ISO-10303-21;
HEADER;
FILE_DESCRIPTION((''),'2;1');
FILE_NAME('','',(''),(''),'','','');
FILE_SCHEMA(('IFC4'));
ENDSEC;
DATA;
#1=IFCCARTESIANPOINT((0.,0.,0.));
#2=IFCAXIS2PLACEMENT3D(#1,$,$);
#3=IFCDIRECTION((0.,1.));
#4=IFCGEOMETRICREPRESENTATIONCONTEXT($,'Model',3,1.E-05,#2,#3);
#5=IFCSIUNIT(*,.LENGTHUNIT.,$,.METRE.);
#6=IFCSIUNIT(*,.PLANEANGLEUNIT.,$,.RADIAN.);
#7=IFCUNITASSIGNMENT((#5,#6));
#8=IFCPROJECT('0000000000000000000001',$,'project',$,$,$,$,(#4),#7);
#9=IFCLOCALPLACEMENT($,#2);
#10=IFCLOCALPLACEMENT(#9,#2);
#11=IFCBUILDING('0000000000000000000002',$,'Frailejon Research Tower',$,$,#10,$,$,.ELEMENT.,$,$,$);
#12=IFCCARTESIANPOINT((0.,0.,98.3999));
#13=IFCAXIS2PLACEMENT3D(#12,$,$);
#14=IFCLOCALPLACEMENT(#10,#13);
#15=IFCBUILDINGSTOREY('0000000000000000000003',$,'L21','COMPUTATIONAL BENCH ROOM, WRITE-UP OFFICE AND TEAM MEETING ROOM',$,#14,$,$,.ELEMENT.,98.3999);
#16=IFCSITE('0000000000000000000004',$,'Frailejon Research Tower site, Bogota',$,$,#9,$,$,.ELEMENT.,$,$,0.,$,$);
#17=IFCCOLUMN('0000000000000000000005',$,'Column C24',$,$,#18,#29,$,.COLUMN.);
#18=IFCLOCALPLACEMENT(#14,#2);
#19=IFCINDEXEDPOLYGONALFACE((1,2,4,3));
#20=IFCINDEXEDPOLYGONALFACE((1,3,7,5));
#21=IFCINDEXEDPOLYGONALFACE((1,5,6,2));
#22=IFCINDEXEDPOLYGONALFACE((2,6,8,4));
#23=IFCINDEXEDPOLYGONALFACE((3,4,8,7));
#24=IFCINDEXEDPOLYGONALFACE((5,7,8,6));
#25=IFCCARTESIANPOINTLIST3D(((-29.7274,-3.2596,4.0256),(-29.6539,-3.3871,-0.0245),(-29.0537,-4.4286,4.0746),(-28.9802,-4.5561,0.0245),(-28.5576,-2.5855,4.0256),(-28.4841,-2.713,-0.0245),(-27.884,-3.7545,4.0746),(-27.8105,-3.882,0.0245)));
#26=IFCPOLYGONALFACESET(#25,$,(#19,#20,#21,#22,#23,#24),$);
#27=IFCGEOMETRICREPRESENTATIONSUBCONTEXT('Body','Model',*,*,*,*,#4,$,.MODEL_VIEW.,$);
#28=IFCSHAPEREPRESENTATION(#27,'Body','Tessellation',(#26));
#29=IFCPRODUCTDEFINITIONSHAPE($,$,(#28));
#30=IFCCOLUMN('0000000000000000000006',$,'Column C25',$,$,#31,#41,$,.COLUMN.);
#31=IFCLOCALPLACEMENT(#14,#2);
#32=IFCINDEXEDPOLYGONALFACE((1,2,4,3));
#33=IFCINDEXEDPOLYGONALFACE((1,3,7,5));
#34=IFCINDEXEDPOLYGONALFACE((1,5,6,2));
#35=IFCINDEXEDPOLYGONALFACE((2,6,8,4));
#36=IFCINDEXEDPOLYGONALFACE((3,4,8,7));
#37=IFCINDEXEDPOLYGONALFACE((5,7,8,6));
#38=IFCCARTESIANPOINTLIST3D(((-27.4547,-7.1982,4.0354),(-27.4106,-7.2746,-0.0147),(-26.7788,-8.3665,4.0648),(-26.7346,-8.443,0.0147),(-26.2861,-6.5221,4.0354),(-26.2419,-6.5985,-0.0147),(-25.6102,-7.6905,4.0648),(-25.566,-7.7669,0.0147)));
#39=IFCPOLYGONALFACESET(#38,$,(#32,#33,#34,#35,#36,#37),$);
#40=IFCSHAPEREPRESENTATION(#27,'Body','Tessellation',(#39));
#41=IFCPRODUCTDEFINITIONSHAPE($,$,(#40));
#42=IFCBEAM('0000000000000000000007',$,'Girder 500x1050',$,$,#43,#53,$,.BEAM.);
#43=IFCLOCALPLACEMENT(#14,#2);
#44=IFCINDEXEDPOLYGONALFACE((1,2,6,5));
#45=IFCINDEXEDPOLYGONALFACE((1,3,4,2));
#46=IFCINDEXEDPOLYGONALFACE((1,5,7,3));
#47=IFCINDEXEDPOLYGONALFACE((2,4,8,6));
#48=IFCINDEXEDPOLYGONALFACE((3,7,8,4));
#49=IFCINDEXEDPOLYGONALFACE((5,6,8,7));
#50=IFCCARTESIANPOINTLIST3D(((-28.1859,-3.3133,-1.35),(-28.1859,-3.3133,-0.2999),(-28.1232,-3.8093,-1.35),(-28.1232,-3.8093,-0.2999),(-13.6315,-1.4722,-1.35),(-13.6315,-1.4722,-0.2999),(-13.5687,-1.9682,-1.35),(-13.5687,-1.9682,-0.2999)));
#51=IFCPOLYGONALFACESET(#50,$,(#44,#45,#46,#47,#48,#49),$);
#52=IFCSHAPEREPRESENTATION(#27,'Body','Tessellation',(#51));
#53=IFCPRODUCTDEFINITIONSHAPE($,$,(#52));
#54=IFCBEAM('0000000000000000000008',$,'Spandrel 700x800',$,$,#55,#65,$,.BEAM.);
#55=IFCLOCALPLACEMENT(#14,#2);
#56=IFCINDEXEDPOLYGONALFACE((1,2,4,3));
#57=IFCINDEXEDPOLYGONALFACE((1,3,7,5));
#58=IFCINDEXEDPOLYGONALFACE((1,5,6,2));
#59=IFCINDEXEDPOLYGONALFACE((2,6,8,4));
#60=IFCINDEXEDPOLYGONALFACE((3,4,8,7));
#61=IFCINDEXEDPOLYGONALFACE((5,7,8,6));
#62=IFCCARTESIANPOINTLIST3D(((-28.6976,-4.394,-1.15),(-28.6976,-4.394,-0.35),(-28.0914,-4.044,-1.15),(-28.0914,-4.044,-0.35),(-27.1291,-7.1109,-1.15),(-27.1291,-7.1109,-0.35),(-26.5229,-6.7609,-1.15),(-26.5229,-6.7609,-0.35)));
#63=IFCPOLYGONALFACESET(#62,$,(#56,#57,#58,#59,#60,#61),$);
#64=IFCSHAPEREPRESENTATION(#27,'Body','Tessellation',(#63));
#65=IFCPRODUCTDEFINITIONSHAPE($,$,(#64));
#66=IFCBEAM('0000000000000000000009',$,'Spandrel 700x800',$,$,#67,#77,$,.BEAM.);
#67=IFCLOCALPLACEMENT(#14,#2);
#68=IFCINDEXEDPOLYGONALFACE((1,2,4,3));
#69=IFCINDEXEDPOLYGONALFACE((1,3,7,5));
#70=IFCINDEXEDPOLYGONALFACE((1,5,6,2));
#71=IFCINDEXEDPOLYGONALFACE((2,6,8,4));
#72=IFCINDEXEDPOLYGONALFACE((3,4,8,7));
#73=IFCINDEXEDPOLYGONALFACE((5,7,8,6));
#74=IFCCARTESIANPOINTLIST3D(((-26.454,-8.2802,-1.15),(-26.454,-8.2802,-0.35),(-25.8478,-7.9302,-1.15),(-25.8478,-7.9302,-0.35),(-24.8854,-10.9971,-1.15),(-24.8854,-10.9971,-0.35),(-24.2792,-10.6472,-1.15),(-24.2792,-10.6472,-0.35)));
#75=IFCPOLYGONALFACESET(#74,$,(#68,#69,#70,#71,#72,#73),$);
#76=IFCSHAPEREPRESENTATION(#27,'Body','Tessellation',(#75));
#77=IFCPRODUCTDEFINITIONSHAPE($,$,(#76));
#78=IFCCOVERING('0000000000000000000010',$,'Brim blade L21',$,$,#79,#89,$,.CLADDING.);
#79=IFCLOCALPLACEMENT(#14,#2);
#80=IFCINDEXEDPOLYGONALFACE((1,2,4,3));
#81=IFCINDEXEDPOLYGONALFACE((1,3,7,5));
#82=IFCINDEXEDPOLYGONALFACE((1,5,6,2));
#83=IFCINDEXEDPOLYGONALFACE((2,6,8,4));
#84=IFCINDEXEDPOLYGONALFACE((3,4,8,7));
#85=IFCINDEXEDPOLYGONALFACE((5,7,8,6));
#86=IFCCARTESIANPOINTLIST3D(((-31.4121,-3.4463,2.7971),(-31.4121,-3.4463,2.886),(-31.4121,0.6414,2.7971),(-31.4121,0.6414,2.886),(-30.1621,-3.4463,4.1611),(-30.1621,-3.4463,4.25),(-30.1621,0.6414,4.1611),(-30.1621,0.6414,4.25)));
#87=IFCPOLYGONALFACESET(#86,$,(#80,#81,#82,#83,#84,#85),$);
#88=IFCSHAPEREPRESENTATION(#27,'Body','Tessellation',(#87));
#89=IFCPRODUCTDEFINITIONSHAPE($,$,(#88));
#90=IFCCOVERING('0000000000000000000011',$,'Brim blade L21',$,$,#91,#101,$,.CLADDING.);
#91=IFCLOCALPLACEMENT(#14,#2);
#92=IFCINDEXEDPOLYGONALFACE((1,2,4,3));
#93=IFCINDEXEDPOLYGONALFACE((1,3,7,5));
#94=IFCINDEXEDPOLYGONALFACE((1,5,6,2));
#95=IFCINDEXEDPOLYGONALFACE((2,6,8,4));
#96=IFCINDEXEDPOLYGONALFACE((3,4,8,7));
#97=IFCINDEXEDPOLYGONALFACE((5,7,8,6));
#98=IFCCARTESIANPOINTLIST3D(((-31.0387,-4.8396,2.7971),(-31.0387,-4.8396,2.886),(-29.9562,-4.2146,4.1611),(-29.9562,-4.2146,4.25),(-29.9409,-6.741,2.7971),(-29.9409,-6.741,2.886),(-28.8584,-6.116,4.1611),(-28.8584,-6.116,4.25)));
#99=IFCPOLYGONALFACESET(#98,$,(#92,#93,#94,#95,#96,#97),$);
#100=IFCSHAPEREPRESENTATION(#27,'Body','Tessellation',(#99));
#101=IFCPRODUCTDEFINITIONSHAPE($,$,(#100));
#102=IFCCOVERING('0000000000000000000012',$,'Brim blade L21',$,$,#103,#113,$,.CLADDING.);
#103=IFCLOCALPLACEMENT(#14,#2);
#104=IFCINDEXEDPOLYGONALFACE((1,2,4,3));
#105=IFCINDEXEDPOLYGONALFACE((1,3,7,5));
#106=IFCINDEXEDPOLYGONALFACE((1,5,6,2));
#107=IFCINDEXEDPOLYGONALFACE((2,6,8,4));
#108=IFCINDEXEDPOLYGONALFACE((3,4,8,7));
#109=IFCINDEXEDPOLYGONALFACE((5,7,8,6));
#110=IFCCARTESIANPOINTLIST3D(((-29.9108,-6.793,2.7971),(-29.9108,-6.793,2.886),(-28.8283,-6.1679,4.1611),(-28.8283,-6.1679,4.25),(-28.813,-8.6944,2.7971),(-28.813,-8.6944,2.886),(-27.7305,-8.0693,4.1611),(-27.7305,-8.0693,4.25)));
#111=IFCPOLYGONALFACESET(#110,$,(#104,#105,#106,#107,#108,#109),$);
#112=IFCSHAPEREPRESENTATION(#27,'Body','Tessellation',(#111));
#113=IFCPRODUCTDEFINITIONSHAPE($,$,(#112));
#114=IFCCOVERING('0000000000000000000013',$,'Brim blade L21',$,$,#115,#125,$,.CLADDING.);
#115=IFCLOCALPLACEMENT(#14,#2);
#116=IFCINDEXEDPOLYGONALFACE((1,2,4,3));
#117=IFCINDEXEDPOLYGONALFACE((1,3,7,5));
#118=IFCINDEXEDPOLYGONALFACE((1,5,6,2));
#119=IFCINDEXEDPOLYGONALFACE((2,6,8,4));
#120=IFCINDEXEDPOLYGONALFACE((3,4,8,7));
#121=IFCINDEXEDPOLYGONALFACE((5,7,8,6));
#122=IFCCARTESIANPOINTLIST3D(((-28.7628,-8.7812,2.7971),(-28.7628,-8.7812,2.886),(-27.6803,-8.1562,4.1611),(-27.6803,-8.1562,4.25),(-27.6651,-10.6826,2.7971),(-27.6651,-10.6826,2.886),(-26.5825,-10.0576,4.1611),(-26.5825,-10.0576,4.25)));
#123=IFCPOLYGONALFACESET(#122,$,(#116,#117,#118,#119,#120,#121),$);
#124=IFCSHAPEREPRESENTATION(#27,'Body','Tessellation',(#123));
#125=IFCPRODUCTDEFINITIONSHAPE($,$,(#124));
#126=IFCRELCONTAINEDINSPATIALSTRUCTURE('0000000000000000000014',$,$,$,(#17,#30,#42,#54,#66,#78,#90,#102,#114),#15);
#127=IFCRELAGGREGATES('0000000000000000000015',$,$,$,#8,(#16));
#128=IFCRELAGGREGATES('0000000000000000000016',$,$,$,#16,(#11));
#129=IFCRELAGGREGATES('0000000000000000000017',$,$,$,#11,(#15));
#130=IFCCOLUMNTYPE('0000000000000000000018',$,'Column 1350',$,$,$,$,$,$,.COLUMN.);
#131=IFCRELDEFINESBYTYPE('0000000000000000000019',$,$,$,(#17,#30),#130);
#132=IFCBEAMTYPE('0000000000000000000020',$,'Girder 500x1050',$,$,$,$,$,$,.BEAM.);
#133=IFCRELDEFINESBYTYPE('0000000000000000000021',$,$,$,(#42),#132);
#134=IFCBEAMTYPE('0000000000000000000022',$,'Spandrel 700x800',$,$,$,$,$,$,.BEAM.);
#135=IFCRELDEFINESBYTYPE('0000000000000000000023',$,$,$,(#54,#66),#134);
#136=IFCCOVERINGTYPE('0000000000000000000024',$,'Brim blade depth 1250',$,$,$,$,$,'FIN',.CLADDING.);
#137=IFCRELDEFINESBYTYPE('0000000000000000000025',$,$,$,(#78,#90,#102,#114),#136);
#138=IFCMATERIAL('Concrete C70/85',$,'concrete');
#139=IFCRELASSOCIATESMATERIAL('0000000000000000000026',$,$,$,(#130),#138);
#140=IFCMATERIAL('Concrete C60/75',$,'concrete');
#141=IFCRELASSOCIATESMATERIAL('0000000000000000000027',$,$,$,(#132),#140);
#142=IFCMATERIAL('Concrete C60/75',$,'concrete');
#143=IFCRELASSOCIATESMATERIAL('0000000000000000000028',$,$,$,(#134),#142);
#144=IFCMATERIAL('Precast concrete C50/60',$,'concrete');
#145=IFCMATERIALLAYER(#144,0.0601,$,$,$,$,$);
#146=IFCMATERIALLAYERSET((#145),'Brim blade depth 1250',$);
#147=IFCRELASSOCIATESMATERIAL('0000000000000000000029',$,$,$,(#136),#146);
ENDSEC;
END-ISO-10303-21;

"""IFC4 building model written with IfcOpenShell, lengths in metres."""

from ifc_helpers import new_model, si_unit, direction, frame, origin, origin_2d, place, context, subcontext, project, spatial, polyline, rectangle, outline, extrude, material, layer, layer_set, material_profile, profile_set, type_object, element, save


model = new_model("IFC4")

# Units and contexts
model_context = context("Model", 3, precision=1e-05, world=origin(), true_north=direction((0.0, 1.0)))
body_context = subcontext(model_context, "Body", "Model", "MODEL_VIEW")
ifc_project = project(units=[si_unit("LENGTHUNIT", "METRE"), si_unit("PLANEANGLEUNIT", "RADIAN")], contexts=[model_context])

# Site, building, storey
site_placement = place(None, origin())
site = spatial("IfcSite", under=ifc_project, at=site_placement, Name="Frailejon Research Tower site, Bogota", CompositionType="ELEMENT", RefElevation=0.0)
building_placement = place(site_placement, origin())
building = spatial("IfcBuilding", under=site, at=building_placement, Name="Frailejon Research Tower", CompositionType="ELEMENT")
storey_placement = place(building_placement, frame((0.0, 0.0, 98.3999)))
storey = spatial("IfcBuildingStorey", under=building, at=storey_placement, Name="L21", Description="COMPUTATIONAL BENCH ROOM, WRITE-UP OFFICE AND TEAM MEETING ROOM", CompositionType="ELEMENT", Elevation=98.3999)

# Columns
ifc_material_1 = material(Name="Concrete C70/85", Category="concrete")
ifc_material_profile_1 = material_profile(ifc_material_1, rectangle(XDim=1.3501, YDim=1.3501, at=origin_2d()), Name="Column 1350")
ifc_profile_set_1 = profile_set([ifc_material_profile_1], Name="Concrete C70/85")
column_type = type_object("IfcColumnType", Name="Column 1350", PredefinedType="COLUMN", material=ifc_profile_set_1)
column_1_placement = place(storey_placement, frame((-28.7322, -3.6345, 0.0), z_axis=(-0.018133, 0.031446, 0.999341), x_axis=(0.498955, -0.865867, 0.036299)))
element("IfcColumn", 1, at=column_1_placement, inside=storey, type_object=column_type, Name="Column C24", PredefinedType="COLUMN", context=body_context, shape_type="SweptSolid", body=[
    extrude(rectangle(XDim=1.3501, YDim=1.3501, at=origin_2d()), origin(), (0.0, 0.0, 1.0), 4.0527),
])
column_2_placement = place(storey_placement, frame((-26.4883, -7.5208, 0.0), z_axis=(-0.010908, 0.018863, 0.999763), x_axis=(0.500638, -0.865382, 0.02179)))
element("IfcColumn", 2, at=column_2_placement, inside=storey, type_object=column_type, Name="Column C25", PredefinedType="COLUMN", context=body_context, shape_type="SweptSolid", body=[
    extrude(rectangle(XDim=1.3501, YDim=1.3501, at=origin_2d()), origin(), (0.0, 0.0, 1.0), 4.051),
])

# Beams
ifc_material_2 = material(Name="Concrete C60/75", Category="concrete")
ifc_material_profile_2 = material_profile(ifc_material_2, rectangle(XDim=0.5, YDim=1.05, at=origin_2d()), Name="Girder 500x1050")
ifc_profile_set_2 = profile_set([ifc_material_profile_2], Name="Concrete C60/75")
beam_type_1 = type_object("IfcBeamType", Name="Girder 500x1050", PredefinedType="BEAM", material=ifc_profile_set_2)
beam_placement = place(storey_placement, frame((-28.1545, -3.5613, -0.825), z_axis=(0.992094, 0.125495, 0.0), x_axis=(-0.125495, 0.992094, 0.0)))
element("IfcBeam", 3, at=beam_placement, inside=storey, type_object=beam_type_1, Name="Girder 500x1050", PredefinedType="BEAM", context=body_context, shape_type="SweptSolid", body=[
    extrude(rectangle(XDim=0.5, YDim=1.05, at=origin_2d()), origin(), (0.0, 0.0, 1.0), 14.6704),
])
ifc_material_3 = material(Name="Concrete C60/75", Category="concrete")
ifc_material_profile_3 = material_profile(ifc_material_3, rectangle(XDim=0.7, YDim=0.8, at=origin_2d()), Name="Spandrel 700x800")
ifc_profile_set_3 = profile_set([ifc_material_profile_3], Name="Concrete C60/75")
beam_type_2 = type_object("IfcBeamType", Name="Spandrel 700x800", PredefinedType="BEAM", material=ifc_profile_set_3)
for number, where, z_axis, x_axis, name in (
    (4, (-28.3945, -4.219, -0.75), (0.499981, -0.866037, 0.0), (0.866037, 0.499981, 0.0), "Spandrel 700x800"),
    (5, (-26.1509, -8.1052, -0.75), (0.499981, -0.866037, 0.0), (0.866037, 0.499981, 0.0), "Spandrel 700x800"),
):
    element("IfcBeam", number, at=place(storey_placement, frame(where, z_axis=z_axis, x_axis=x_axis)), inside=storey, type_object=beam_type_2, Name=name, PredefinedType="BEAM", context=body_context, shape_type="SweptSolid", body=[
        extrude(rectangle(XDim=0.7, YDim=0.8, at=origin_2d()), origin(), (0.0, 0.0, 1.0), 3.1372),
    ])

# Coverings
ifc_material_4 = material(Name="Precast concrete C50/60", Category="concrete")
ifc_layer = layer(ifc_material_4, 0.0601)
ifc_layer_set = layer_set([ifc_layer], Name="Brim blade depth 1250")
covering_type = type_object("IfcCoveringType", Name="Brim blade depth 1250", ElementType="FIN", PredefinedType="CLADDING", material=ifc_layer_set)
covering_placement = place(storey_placement, frame((-30.1621, -3.4463, 4.25), z_axis=(0.0, 1.0, 0.0), x_axis=(-1.0, 0.0, 0.0)))
element("IfcCovering", 6, at=covering_placement, inside=storey, type_object=covering_type, Name="Brim blade L21", PredefinedType="CLADDING", context=body_context, shape_type="SweptSolid", body=[
    extrude(outline(polyline([(0.0, -0.0889), (1.25, -1.4529), (1.25, -1.364), (0.0, 0.0), (0.0, -0.0889)])), origin(), (0.0, 0.0, 1.0), 4.0876),
])
for number, where, z_axis, x_axis, name in (
    (7, (-28.8584, -6.116, 4.25), (-0.500012, 0.866018, 0.0), (-0.866018, -0.500012, 0.0), "Brim blade L21"),
    (8, (-27.7305, -8.0693, 4.25), (-0.500012, 0.866018, 0.0), (-0.866018, -0.500012, 0.0), "Brim blade L21"),
    (9, (-26.5825, -10.0576, 4.25), (-0.499996, 0.866028, 0.0), (-0.866028, -0.499996, 0.0), "Brim blade L21"),
):
    element("IfcCovering", number, at=place(storey_placement, frame(where, z_axis=z_axis, x_axis=x_axis)), inside=storey, type_object=covering_type, Name=name, PredefinedType="CLADDING", context=body_context, shape_type="SweptSolid", body=[
        extrude(outline(polyline([(0.0, -0.0889), (1.25, -1.4529), (1.25, -1.364), (0.0, 0.0), (0.0, -0.0889)])), origin(), (0.0, 0.0, 1.0), 2.1956),
    ])

save(model, "model.ifc")
